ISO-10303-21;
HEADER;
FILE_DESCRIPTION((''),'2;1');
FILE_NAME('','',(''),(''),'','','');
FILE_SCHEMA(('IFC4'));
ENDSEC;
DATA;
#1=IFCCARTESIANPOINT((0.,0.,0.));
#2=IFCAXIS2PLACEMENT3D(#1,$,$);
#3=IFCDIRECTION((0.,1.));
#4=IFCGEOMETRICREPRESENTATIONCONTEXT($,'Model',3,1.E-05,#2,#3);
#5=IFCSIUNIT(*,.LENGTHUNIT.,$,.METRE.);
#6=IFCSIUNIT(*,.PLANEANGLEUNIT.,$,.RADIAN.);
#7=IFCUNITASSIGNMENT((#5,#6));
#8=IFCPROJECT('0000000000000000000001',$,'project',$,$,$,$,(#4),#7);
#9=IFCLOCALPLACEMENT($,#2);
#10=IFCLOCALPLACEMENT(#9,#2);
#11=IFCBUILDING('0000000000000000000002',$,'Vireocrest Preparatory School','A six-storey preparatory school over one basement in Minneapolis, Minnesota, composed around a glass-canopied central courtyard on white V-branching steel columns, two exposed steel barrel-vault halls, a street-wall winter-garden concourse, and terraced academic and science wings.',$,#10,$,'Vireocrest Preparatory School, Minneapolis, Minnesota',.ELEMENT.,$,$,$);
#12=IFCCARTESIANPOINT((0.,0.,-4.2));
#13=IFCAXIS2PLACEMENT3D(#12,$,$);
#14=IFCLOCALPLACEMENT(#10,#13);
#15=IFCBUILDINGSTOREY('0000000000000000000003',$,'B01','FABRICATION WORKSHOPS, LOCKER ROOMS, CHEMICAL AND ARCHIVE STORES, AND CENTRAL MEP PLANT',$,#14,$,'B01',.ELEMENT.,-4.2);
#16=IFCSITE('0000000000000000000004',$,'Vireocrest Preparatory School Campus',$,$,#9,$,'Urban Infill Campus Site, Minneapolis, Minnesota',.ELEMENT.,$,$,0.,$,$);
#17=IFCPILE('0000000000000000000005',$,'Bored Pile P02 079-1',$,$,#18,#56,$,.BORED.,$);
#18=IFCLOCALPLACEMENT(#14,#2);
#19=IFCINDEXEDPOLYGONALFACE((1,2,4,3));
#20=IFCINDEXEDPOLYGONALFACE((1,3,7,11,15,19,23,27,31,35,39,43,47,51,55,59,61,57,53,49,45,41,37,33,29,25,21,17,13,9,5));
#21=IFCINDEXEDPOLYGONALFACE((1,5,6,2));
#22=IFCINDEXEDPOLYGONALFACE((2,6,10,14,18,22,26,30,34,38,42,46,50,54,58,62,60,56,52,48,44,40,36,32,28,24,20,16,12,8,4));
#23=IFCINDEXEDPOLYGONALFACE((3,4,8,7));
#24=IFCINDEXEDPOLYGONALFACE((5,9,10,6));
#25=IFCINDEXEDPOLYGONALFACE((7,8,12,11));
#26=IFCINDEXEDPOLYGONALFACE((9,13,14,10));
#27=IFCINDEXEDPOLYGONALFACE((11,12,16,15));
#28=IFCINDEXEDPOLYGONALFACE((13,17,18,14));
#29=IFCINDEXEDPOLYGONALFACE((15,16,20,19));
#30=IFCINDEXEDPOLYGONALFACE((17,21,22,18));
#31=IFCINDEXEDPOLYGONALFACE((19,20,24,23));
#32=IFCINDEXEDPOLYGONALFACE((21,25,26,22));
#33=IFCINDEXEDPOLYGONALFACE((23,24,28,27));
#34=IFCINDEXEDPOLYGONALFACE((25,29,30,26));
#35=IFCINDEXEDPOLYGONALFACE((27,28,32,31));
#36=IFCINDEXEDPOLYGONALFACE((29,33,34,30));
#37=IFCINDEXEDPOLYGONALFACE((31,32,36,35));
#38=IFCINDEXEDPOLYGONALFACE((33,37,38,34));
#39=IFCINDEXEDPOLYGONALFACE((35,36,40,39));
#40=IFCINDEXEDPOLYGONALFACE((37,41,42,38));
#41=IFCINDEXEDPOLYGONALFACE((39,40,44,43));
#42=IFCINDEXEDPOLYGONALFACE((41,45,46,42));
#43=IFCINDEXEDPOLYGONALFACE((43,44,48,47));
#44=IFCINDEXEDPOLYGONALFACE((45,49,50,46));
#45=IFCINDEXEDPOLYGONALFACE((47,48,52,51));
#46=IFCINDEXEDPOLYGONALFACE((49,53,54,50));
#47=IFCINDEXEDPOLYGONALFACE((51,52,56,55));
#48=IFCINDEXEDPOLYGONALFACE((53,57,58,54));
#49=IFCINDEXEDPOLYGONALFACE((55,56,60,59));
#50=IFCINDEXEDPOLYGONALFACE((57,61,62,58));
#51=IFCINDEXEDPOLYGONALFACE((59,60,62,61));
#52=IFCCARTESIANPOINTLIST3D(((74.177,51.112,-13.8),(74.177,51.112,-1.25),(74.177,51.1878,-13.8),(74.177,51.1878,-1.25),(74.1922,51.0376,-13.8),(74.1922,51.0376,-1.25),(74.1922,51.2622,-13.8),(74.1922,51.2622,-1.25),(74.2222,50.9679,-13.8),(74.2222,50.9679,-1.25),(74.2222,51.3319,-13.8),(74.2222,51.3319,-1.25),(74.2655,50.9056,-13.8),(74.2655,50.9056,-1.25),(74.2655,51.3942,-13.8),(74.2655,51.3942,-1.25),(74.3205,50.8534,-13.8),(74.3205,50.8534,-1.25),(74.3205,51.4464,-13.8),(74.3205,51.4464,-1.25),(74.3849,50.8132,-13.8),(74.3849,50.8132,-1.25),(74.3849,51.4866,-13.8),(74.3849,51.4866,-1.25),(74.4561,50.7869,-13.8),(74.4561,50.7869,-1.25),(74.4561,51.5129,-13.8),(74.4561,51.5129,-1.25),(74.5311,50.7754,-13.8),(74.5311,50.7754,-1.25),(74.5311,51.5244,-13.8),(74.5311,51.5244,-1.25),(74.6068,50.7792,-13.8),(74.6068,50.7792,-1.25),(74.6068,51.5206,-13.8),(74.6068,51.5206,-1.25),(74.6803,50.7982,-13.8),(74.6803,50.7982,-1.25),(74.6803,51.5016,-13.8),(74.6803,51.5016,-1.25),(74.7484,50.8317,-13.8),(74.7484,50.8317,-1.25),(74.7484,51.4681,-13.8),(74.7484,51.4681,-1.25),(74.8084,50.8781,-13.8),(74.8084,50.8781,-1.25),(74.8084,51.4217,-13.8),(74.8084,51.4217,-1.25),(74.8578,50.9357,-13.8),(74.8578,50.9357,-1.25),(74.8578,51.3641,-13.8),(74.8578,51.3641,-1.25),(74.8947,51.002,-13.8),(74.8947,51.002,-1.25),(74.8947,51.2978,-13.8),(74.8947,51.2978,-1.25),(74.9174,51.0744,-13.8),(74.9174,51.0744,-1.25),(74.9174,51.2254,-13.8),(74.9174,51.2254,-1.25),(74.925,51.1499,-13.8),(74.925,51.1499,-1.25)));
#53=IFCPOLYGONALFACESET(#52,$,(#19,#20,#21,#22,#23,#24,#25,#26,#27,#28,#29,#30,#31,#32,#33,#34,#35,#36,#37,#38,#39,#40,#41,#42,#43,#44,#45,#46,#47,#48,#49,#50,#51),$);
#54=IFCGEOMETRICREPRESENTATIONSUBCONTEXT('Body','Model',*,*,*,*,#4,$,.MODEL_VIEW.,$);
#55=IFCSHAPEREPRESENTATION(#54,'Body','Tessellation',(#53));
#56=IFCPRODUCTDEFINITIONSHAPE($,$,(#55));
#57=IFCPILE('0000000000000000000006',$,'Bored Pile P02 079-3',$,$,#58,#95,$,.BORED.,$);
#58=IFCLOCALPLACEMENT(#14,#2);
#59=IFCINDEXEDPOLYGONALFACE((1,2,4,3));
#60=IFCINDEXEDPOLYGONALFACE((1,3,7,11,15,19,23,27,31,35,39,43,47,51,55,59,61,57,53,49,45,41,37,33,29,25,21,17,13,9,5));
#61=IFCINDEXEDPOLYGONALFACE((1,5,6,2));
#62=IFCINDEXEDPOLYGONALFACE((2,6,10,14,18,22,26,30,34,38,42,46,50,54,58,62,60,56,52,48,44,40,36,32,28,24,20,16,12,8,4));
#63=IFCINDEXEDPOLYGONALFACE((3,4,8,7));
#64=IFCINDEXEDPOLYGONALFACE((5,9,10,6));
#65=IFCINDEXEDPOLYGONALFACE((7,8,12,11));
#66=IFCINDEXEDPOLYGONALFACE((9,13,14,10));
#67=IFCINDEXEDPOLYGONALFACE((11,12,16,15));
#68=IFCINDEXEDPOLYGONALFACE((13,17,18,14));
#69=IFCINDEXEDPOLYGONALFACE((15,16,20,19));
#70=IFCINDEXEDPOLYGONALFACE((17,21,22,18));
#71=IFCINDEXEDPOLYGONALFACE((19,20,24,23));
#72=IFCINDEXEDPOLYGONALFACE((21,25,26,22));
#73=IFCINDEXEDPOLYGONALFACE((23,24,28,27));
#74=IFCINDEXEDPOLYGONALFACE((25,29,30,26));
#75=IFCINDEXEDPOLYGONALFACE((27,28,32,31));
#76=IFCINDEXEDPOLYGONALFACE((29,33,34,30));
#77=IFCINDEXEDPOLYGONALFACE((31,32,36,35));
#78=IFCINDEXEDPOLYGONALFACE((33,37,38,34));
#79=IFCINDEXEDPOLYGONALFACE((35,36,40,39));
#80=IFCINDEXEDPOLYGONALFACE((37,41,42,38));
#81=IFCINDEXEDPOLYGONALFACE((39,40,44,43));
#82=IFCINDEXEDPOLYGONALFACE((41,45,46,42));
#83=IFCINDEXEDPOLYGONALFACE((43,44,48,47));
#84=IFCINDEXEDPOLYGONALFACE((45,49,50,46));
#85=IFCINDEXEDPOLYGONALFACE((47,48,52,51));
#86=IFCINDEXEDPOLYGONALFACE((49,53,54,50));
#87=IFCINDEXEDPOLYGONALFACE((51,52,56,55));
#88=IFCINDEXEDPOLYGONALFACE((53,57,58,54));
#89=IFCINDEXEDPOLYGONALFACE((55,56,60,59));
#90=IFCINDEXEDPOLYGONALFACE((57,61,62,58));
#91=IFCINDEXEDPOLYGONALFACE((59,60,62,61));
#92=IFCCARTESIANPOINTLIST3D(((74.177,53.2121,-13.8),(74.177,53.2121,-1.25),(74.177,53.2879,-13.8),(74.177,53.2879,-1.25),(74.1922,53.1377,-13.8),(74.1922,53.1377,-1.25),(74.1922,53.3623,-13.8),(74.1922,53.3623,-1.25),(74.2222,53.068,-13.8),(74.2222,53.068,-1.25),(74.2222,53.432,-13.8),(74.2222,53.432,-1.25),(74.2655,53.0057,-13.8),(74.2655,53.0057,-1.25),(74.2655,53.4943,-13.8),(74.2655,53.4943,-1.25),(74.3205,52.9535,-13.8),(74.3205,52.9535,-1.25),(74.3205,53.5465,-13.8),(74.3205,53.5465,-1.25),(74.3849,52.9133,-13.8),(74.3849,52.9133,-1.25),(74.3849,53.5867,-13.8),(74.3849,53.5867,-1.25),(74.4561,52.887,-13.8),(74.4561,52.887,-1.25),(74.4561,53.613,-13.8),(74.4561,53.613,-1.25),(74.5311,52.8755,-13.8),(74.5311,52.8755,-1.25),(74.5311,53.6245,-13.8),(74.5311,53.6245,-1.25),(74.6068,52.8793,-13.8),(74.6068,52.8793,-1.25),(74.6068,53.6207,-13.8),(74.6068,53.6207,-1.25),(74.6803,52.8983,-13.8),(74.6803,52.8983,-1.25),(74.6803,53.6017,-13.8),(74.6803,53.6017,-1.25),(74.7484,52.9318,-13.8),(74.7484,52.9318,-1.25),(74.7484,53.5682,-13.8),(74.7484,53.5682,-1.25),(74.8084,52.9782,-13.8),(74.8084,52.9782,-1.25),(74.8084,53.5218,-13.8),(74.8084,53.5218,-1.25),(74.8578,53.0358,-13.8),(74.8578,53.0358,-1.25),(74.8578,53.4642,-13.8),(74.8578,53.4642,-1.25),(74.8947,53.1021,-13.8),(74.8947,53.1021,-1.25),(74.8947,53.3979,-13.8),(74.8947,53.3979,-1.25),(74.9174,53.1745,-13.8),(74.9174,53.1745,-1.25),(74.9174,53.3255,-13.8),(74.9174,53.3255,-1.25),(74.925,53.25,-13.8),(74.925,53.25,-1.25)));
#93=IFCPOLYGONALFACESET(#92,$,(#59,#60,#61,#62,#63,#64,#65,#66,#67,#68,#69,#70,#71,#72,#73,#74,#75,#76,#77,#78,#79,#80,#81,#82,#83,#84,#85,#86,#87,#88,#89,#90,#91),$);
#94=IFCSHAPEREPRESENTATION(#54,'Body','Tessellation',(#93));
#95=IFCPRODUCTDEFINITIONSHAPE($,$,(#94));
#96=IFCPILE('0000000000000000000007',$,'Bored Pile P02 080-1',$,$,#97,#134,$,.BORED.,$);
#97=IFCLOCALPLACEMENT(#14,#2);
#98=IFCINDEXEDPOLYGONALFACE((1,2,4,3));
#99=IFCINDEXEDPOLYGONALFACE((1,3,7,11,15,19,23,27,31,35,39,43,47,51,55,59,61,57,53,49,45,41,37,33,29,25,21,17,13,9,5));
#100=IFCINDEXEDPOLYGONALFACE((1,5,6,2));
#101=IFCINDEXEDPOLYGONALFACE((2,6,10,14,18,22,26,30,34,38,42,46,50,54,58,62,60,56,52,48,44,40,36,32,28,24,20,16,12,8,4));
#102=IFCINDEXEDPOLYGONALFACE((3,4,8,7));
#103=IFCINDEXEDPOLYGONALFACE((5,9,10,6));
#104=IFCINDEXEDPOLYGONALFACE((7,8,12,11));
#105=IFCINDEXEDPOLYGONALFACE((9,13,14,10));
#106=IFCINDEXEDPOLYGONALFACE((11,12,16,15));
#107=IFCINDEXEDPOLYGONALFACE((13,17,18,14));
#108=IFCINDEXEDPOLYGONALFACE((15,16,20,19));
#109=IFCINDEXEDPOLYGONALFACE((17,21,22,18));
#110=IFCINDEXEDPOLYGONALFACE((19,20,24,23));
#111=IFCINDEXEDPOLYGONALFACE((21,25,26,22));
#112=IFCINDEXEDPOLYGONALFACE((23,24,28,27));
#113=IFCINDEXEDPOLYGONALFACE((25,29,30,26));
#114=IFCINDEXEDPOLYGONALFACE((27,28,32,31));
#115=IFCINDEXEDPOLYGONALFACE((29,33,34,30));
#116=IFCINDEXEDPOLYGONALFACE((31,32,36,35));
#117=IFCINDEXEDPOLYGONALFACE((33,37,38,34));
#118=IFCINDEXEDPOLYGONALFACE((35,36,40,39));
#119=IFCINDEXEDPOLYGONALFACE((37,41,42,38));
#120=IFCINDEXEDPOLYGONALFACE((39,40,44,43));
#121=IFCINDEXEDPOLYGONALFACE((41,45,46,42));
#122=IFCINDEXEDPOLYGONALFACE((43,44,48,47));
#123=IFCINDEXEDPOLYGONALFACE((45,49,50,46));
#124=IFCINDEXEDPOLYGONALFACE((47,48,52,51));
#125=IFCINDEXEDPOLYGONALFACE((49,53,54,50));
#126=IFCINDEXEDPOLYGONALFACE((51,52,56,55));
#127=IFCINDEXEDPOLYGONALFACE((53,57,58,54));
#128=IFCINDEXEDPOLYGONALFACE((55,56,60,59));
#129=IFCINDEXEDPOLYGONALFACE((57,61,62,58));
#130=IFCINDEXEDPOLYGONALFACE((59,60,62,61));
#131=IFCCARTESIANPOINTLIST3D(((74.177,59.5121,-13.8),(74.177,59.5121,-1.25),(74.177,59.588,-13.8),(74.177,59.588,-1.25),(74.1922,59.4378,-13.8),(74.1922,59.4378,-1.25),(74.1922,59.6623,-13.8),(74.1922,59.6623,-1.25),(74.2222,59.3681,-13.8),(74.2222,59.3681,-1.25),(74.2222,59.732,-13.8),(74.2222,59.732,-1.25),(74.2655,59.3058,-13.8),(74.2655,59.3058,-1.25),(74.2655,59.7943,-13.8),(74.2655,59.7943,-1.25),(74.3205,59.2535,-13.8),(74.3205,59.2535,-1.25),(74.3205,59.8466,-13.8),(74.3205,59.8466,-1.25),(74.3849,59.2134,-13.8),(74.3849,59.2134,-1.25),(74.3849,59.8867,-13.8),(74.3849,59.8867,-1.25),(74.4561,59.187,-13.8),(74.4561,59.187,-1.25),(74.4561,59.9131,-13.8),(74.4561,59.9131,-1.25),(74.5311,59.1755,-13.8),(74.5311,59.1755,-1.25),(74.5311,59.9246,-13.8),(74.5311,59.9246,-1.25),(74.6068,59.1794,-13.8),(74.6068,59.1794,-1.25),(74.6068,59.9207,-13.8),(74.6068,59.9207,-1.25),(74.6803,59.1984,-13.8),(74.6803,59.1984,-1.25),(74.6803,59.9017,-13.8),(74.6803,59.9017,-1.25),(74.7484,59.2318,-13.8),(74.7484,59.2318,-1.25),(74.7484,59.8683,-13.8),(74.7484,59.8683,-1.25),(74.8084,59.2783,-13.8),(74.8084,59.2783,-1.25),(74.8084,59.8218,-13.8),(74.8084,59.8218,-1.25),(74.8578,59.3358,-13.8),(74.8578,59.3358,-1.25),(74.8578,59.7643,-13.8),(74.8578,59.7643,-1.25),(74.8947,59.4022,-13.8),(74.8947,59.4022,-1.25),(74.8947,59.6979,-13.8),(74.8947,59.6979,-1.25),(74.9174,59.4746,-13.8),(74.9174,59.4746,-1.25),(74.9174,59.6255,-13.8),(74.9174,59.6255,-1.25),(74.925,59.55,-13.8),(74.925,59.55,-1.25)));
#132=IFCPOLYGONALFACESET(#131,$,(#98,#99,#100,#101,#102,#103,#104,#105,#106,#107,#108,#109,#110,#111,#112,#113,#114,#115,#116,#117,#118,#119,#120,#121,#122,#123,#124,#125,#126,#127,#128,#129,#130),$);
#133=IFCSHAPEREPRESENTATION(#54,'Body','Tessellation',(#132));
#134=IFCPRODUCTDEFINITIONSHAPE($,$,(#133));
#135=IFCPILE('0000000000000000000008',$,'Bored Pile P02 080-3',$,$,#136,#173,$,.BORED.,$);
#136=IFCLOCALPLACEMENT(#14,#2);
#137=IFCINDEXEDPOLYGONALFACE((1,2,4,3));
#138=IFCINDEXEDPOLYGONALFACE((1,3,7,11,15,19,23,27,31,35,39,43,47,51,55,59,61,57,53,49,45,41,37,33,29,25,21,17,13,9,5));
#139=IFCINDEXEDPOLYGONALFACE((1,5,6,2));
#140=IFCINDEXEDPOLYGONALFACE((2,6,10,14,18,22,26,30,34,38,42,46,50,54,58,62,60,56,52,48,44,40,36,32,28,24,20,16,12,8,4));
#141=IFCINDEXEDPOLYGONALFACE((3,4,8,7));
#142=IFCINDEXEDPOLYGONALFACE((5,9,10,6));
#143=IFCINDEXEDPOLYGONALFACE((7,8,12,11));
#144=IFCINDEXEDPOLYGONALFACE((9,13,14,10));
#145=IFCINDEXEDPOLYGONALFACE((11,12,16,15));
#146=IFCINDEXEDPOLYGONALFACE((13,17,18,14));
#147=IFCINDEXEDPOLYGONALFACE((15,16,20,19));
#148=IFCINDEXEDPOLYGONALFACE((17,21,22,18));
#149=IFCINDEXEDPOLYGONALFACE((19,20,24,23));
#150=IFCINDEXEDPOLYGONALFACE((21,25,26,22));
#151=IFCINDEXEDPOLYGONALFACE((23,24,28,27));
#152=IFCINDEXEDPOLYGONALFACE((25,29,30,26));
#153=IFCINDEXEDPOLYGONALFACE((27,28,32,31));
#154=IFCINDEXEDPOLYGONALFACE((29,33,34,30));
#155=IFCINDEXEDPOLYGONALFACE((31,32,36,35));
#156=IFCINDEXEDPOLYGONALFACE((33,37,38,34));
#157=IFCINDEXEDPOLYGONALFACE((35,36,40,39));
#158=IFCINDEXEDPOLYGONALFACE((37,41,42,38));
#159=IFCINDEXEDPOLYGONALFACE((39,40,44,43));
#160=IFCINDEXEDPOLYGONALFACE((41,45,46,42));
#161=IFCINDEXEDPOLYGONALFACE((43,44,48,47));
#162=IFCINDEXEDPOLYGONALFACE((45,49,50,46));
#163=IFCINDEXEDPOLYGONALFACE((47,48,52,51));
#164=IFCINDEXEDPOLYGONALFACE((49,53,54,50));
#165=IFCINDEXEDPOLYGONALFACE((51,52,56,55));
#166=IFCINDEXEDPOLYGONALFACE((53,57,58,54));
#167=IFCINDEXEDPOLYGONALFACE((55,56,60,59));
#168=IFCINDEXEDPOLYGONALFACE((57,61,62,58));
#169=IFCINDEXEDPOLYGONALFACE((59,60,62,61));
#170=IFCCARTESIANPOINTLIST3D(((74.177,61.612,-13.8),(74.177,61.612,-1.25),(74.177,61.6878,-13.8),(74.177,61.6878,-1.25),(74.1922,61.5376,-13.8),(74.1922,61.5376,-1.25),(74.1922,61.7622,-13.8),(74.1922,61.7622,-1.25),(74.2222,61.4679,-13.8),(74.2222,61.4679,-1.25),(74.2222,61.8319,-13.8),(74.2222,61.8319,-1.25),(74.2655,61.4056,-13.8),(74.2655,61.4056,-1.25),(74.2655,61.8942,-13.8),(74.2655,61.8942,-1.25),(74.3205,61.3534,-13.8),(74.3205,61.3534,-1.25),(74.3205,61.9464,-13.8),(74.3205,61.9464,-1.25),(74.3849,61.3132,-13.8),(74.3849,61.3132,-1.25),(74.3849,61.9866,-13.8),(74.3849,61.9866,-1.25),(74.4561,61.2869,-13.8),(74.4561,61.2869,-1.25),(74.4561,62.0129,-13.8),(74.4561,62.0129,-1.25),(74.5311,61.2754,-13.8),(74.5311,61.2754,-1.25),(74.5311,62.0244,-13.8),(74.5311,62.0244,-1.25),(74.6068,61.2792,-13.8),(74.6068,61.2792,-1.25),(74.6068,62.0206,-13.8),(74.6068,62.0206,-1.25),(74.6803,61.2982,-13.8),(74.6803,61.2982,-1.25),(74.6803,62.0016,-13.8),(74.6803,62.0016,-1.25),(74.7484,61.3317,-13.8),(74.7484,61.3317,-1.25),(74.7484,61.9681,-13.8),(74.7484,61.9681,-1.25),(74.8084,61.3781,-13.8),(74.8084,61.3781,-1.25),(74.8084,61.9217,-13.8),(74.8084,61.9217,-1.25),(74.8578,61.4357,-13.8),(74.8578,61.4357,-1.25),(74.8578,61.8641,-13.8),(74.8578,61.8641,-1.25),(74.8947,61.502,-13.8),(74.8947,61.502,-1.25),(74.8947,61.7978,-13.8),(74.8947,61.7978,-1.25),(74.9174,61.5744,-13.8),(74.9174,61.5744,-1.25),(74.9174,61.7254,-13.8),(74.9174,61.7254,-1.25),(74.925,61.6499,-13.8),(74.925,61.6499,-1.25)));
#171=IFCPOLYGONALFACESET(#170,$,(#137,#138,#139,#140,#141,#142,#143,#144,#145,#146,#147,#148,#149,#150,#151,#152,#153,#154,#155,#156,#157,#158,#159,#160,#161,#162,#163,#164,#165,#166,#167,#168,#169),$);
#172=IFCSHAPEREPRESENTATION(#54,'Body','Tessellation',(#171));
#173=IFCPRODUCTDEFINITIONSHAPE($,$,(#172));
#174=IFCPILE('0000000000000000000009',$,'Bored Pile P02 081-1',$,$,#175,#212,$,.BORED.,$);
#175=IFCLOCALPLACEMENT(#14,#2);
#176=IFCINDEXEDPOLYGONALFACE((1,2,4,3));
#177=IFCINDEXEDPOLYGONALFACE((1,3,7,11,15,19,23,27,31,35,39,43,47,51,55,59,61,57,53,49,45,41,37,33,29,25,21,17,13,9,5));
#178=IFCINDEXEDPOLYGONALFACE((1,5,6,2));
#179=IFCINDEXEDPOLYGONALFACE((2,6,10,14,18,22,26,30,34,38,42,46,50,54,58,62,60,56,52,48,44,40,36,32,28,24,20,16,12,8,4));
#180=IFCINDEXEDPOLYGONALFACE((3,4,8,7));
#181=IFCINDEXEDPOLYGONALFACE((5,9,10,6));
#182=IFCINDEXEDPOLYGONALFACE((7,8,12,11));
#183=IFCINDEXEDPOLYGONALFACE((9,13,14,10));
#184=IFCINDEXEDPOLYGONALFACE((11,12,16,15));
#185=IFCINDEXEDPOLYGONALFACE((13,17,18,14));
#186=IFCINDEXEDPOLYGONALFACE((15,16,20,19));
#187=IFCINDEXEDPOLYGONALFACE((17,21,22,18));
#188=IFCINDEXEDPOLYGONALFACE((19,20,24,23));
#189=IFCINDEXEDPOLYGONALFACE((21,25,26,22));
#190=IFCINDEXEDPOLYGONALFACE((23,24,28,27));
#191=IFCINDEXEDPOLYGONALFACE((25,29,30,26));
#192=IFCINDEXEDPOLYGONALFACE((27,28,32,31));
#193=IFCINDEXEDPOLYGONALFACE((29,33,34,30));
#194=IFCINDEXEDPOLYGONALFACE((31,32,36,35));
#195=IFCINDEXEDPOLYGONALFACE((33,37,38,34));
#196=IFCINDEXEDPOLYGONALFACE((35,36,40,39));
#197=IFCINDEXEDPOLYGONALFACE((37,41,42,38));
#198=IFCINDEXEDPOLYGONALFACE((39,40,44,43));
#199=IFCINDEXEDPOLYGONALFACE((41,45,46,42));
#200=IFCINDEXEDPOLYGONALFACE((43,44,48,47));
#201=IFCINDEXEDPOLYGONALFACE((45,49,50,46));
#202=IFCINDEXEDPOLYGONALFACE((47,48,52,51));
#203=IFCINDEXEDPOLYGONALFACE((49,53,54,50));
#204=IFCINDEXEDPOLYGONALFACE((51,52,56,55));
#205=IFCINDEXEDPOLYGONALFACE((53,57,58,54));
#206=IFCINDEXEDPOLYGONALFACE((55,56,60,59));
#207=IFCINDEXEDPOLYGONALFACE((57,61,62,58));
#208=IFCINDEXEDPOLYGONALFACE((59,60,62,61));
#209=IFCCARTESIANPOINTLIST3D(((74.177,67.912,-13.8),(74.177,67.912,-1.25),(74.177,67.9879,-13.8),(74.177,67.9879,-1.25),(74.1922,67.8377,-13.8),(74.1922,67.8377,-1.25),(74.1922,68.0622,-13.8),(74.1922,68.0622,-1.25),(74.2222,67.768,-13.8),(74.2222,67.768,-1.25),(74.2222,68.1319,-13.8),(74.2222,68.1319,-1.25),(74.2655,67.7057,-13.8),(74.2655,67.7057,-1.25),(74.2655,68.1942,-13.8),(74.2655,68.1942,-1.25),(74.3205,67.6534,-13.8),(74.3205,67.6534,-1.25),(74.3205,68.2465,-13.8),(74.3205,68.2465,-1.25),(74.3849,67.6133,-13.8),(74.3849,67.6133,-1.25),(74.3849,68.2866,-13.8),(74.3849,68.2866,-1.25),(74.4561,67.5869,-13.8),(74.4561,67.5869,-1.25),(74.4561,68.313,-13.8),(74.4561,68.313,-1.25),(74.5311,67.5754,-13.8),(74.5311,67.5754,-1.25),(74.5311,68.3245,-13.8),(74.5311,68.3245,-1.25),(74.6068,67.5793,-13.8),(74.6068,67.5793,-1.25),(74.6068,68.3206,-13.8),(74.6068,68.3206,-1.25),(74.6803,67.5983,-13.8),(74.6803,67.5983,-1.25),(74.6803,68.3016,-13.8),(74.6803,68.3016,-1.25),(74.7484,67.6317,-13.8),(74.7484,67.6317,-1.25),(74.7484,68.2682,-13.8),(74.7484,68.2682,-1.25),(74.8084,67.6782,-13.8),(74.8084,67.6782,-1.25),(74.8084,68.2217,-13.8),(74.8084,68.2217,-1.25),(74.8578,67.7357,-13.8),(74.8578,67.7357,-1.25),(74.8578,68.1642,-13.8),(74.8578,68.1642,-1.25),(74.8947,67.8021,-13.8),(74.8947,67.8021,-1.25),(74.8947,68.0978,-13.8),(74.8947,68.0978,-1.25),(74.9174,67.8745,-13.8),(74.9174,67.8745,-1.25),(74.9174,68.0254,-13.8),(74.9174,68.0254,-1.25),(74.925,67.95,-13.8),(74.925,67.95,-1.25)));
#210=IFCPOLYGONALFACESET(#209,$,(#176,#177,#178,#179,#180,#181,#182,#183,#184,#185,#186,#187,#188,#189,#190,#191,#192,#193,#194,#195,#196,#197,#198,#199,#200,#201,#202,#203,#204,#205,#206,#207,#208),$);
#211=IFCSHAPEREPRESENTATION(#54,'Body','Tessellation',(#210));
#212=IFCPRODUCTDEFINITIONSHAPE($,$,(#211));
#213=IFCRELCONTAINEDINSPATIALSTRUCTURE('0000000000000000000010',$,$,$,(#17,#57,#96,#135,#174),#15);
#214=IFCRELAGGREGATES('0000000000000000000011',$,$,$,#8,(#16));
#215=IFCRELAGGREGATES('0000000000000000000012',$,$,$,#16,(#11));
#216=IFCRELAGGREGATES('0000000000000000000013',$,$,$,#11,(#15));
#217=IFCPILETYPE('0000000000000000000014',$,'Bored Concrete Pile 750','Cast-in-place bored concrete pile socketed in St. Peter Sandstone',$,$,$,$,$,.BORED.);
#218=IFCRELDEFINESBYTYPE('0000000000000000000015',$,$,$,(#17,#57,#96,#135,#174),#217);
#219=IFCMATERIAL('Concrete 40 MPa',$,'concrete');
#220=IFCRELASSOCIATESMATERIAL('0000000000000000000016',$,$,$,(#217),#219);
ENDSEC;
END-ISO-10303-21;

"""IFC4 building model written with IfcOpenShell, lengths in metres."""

from ifc_helpers import new_model, si_unit, direction, frame, origin, origin_2d, place, context, subcontext, project, spatial, circle, extrude, material, material_profile, profile_set, type_object, element, save


model = new_model("IFC4")

# Units and contexts
model_context = context("Model", 3, precision=1e-05, world=origin(), true_north=direction((0.0, 1.0)))
body_context = subcontext(model_context, "Body", "Model", "MODEL_VIEW")
ifc_project = project(units=[si_unit("LENGTHUNIT", "METRE"), si_unit("PLANEANGLEUNIT", "RADIAN")], contexts=[model_context])

# Site, building, storey
site_placement = place(None, origin())
site = spatial("IfcSite", under=ifc_project, at=site_placement, Name="Vireocrest Preparatory School Campus", LongName="Urban Infill Campus Site, Minneapolis, Minnesota", CompositionType="ELEMENT", RefElevation=0.0)
building_placement = place(site_placement, origin())
building = spatial("IfcBuilding", under=site, at=building_placement, Name="Vireocrest Preparatory School", Description="A six-storey preparatory school over one basement in Minneapolis, Minnesota, composed around a glass-canopied central courtyard on white V-branching steel columns, two exposed steel barrel-vault halls, a street-wall winter-garden concourse, and terraced academic and science wings.", LongName="Vireocrest Preparatory School, Minneapolis, Minnesota", CompositionType="ELEMENT")
storey_placement = place(building_placement, frame((0.0, 0.0, -4.2)))
storey = spatial("IfcBuildingStorey", under=building, at=storey_placement, Name="B01", Description="FABRICATION WORKSHOPS, LOCKER ROOMS, CHEMICAL AND ARCHIVE STORES, AND CENTRAL MEP PLANT", LongName="B01", CompositionType="ELEMENT", Elevation=-4.2)

# Piles
ifc_material_1 = material(Name="Concrete 40 MPa", Category="concrete")
ifc_material_profile_1 = material_profile(ifc_material_1, circle(Radius=0.375, at=origin_2d()), Name="BORED PILE 750")
ifc_profile_set_1 = profile_set([ifc_material_profile_1], Name="Concrete 40 MPa")
pile_type_1 = type_object("IfcPileType", Name="Bored Concrete Pile 750", Description="Cast-in-place bored concrete pile socketed in St. Peter Sandstone", PredefinedType="BORED", material=ifc_profile_set_1)
for number, where, z_axis, x_axis, name in (
    (1, (74.55, 51.1499, -1.25), (0.0, 0.0, -1.0), (1.0, 0.0, 0.0), "Bored Pile P02 079-1"),
    (2, (74.55, 53.25, -1.25), (0.0, 0.0, -1.0), (1.0, 0.0, 0.0), "Bored Pile P02 079-3"),
    (3, (74.55, 59.55, -1.25), (0.0, 0.0, -1.0), (1.0, 0.0, 0.0), "Bored Pile P02 080-1"),
    (4, (74.55, 61.6499, -1.25), (0.0, 0.0, -1.0), (1.0, 0.0, 0.0), "Bored Pile P02 080-3"),
    (5, (74.55, 67.95, -1.25), (0.0, 0.0, -1.0), (1.0, 0.0, 0.0), "Bored Pile P02 081-1"),
):
    element("IfcPile", number, at=place(storey_placement, frame(where, z_axis=z_axis, x_axis=x_axis)), inside=storey, type_object=pile_type_1, Name=name, PredefinedType="BORED", context=body_context, shape_type="SweptSolid", body=[
        extrude(circle(Radius=0.375, at=origin_2d()), origin(), (0.0, 0.0, 1.0), 12.55),
    ])

save(model, "model.ifc")
